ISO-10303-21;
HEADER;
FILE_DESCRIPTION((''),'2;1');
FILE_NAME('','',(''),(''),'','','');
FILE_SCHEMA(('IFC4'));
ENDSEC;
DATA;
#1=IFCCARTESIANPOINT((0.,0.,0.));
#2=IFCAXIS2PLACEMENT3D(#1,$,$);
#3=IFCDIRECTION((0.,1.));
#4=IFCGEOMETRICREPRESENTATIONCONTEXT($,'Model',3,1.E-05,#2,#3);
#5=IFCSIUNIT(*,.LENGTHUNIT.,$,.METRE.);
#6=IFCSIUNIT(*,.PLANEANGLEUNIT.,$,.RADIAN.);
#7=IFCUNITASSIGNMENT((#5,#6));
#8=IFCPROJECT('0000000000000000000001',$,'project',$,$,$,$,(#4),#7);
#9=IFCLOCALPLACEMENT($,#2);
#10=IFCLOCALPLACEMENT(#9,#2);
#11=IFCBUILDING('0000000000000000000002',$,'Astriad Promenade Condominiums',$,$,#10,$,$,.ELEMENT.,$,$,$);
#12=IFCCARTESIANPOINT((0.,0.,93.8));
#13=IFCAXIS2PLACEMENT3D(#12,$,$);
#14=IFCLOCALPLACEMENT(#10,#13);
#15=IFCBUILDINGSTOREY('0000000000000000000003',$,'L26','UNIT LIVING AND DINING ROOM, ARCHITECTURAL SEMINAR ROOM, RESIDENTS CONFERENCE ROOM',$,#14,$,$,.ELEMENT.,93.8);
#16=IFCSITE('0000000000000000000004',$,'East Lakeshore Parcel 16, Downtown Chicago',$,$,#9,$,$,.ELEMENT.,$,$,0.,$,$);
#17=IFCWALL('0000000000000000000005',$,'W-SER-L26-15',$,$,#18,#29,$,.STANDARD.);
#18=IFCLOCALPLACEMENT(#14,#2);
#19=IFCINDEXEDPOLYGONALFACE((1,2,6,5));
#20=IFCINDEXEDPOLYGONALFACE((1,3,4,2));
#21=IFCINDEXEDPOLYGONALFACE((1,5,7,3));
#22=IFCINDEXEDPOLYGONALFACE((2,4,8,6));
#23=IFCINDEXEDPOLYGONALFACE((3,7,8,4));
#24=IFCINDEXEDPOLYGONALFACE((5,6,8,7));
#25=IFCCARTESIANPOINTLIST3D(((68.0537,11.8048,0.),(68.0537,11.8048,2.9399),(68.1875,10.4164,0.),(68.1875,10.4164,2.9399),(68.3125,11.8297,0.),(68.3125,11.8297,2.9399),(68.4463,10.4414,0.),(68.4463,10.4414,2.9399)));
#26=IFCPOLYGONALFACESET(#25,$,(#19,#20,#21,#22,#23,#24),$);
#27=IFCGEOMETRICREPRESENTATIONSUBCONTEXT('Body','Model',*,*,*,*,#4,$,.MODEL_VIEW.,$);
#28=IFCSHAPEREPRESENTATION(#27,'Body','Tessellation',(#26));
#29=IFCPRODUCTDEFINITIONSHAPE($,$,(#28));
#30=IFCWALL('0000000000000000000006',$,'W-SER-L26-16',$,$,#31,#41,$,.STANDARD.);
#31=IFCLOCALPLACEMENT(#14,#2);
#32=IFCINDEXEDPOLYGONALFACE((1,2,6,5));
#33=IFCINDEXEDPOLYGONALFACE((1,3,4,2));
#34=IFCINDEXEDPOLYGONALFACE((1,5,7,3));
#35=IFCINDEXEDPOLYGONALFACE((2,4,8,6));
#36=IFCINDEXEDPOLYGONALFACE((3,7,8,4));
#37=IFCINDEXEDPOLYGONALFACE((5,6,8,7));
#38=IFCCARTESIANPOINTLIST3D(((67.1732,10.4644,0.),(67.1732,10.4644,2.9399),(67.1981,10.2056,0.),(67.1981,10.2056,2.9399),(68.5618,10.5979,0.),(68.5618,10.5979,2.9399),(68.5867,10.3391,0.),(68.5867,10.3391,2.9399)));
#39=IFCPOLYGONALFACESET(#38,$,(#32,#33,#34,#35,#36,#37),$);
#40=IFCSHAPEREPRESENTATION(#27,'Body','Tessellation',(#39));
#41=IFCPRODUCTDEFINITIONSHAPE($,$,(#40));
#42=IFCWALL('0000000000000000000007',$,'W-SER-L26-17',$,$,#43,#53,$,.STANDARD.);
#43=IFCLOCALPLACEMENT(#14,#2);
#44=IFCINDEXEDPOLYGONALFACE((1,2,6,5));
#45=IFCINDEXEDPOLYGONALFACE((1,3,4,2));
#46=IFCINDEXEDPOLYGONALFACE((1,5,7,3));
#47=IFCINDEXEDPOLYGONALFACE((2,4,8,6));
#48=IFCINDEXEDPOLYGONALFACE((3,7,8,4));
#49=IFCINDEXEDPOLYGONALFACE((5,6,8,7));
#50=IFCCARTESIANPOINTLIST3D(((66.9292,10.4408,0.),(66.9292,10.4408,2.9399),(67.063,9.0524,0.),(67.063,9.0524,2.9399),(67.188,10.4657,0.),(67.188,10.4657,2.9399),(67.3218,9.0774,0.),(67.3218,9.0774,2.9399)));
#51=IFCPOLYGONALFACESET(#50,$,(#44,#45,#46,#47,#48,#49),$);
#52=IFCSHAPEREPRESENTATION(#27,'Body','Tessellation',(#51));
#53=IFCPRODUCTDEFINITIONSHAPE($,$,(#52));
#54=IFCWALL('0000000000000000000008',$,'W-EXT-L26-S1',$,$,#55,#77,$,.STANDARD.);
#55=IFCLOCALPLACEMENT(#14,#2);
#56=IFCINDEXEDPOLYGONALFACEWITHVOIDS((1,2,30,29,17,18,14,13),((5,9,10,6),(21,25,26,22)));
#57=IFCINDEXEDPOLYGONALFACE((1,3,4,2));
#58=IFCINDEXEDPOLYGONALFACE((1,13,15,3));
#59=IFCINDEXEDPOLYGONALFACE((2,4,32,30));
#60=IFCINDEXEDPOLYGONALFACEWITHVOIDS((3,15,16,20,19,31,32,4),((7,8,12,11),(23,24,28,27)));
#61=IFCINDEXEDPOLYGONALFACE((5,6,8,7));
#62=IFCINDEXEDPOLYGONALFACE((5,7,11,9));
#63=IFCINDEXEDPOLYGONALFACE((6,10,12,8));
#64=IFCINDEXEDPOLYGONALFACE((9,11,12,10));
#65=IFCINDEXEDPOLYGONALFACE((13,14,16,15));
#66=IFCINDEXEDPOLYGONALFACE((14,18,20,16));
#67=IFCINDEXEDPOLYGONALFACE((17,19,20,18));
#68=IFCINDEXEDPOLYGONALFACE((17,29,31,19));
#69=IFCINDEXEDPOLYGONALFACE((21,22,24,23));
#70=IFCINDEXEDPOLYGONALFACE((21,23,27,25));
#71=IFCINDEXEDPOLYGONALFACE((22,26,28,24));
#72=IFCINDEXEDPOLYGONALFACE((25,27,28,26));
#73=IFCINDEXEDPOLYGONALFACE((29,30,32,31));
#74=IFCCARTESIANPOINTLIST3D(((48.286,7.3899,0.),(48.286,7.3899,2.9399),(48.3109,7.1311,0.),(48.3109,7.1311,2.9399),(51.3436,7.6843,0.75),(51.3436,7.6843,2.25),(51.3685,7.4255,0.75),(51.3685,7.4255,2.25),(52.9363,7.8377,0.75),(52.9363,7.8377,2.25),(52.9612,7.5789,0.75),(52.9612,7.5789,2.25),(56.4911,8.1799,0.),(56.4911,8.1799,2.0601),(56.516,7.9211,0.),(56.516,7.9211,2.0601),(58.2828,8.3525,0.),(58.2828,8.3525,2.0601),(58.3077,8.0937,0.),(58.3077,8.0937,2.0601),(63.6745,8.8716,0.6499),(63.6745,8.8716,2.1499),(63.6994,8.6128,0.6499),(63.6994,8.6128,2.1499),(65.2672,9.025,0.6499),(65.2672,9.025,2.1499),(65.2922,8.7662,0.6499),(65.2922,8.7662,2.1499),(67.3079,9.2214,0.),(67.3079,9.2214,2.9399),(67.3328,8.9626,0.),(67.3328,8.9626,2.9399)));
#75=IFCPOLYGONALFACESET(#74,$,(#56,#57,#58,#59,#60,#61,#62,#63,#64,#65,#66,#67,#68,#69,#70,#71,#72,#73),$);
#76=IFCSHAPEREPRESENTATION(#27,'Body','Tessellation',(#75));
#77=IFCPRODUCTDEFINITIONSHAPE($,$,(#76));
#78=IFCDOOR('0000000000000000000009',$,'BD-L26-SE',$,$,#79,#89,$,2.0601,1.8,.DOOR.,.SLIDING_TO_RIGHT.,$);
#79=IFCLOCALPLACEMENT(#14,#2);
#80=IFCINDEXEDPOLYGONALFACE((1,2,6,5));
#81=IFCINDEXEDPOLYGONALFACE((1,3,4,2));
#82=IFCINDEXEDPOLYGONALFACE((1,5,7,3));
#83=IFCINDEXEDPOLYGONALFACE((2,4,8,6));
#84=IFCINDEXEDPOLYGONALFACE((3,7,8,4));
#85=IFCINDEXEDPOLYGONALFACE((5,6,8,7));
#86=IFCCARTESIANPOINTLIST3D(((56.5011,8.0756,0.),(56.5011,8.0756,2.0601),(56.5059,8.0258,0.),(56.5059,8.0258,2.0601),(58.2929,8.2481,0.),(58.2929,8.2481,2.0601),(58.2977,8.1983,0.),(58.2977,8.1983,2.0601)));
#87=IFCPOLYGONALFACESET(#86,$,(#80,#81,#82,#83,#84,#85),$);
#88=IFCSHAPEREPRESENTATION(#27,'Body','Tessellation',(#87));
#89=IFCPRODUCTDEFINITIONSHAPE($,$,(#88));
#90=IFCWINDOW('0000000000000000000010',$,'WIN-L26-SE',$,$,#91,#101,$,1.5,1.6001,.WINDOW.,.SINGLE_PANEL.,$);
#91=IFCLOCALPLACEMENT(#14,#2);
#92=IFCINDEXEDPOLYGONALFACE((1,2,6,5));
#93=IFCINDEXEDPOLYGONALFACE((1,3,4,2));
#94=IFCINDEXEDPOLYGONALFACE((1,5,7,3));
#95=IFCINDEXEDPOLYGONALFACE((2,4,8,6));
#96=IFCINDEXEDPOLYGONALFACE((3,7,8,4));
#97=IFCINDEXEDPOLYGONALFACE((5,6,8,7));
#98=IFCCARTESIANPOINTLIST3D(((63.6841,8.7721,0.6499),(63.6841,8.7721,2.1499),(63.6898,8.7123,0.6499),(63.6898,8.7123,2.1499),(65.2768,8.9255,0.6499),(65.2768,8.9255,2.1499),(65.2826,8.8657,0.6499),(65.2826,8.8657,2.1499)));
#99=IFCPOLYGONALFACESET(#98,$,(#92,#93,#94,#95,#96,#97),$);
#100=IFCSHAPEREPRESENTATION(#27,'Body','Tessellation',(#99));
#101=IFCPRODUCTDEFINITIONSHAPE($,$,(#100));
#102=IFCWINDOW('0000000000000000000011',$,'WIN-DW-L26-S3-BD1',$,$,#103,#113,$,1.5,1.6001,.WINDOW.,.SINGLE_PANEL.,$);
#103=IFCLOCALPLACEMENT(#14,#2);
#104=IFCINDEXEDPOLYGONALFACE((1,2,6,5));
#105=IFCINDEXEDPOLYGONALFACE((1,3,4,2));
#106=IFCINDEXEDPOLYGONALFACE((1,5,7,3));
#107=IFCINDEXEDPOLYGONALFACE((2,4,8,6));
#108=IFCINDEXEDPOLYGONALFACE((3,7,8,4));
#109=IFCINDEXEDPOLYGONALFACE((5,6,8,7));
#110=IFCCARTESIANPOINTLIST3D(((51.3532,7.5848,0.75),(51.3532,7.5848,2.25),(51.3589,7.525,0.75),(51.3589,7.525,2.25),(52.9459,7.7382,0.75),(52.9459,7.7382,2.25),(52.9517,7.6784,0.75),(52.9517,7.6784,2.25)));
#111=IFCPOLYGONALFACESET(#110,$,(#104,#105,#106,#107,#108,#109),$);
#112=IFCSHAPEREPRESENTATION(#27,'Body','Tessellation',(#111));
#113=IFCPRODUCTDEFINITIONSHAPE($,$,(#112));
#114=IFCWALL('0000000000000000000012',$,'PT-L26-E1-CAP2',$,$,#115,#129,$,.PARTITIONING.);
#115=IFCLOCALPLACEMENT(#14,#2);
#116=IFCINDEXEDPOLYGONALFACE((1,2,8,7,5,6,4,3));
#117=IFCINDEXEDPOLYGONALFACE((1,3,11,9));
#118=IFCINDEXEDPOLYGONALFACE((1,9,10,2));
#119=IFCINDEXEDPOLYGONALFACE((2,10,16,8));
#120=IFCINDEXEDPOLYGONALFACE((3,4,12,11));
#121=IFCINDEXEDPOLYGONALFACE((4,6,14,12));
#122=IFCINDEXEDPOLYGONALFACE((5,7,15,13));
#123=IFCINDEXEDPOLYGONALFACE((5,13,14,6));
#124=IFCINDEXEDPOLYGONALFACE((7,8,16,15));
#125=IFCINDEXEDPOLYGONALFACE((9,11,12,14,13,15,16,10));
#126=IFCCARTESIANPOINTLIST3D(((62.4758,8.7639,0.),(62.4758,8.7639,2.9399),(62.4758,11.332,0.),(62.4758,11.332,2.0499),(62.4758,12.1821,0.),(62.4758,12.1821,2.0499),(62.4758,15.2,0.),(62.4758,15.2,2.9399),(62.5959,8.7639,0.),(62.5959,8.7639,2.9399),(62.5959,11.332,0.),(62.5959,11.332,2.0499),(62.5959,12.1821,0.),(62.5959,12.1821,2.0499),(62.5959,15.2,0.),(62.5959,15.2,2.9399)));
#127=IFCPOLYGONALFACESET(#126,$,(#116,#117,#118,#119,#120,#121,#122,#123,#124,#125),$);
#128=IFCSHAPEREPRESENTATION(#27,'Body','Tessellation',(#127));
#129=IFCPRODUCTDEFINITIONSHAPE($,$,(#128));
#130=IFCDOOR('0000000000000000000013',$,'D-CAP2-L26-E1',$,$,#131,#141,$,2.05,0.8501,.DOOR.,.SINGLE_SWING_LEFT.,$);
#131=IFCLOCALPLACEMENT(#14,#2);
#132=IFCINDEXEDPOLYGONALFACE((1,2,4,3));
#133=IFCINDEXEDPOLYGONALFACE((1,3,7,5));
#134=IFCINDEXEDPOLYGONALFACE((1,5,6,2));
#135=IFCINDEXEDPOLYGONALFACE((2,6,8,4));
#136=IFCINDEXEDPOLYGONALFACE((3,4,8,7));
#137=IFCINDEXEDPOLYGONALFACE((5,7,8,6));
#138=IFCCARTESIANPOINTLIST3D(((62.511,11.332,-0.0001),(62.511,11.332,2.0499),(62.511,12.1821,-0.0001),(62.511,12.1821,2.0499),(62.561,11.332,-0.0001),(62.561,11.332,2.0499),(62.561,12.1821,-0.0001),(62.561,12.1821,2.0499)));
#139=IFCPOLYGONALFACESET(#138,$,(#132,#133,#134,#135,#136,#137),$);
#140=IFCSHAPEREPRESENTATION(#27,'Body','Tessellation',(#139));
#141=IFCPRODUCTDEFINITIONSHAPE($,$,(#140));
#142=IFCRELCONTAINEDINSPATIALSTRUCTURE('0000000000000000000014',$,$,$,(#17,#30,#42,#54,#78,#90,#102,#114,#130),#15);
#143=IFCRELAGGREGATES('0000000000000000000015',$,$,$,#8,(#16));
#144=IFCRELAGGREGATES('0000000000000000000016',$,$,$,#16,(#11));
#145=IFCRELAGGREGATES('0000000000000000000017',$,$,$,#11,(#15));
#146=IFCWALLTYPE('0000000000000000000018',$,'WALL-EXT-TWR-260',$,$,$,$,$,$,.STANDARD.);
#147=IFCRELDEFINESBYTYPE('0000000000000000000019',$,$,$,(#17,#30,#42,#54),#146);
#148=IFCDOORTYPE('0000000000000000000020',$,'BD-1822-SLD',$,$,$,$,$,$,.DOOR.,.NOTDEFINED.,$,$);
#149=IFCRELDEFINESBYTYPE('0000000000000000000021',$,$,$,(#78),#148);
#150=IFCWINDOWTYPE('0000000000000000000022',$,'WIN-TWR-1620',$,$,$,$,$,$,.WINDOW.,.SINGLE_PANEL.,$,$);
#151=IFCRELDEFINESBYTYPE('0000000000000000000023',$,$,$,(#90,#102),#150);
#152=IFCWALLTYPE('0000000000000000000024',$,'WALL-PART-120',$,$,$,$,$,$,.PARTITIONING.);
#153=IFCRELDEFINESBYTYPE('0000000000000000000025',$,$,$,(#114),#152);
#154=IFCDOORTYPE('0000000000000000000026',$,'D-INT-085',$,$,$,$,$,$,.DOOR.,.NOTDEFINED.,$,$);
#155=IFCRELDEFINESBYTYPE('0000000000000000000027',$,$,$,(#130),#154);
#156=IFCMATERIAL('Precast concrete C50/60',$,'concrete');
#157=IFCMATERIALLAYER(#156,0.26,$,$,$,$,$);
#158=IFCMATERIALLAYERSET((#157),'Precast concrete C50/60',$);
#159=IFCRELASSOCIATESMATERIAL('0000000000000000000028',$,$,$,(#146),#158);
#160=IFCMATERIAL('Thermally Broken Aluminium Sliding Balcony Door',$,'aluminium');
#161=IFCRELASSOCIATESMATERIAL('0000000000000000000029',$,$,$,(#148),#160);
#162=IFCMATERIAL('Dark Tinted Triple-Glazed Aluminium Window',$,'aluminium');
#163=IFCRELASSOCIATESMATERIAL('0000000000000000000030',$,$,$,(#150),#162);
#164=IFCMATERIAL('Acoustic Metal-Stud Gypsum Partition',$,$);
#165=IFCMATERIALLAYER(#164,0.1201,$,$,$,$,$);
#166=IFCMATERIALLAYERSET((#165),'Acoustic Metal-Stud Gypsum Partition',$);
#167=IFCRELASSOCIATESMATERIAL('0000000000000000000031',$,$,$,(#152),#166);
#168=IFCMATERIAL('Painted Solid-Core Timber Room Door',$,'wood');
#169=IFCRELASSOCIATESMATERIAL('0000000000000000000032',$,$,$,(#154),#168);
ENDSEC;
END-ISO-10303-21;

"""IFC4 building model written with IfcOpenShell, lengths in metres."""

from ifc_helpers import new_model, si_unit, direction, frame, frame_2d, origin, place, context, subcontext, project, spatial, rectangle, extrude, source, transform, mapped, material, layer, layer_set, type_object, type_shapes, element, fill, save


model = new_model("IFC4")

# Units and contexts
model_context = context("Model", 3, precision=1e-05, world=origin(), true_north=direction((0.0, 1.0)))
body_context = subcontext(model_context, "Body", "Model", "MODEL_VIEW")
ifc_project = project(units=[si_unit("LENGTHUNIT", "METRE"), si_unit("PLANEANGLEUNIT", "RADIAN")], contexts=[model_context])

# Site, building, storey
site_placement = place(None, origin())
site = spatial("IfcSite", under=ifc_project, at=site_placement, Name="East Lakeshore Parcel 16, Downtown Chicago", CompositionType="ELEMENT", RefElevation=0.0)
building_placement = place(site_placement, origin())
building = spatial("IfcBuilding", under=site, at=building_placement, Name="Astriad Promenade Condominiums", CompositionType="ELEMENT")
storey_placement = place(building_placement, frame((0.0, 0.0, 93.8)))
storey = spatial("IfcBuildingStorey", under=building, at=storey_placement, Name="L26", Description="UNIT LIVING AND DINING ROOM, ARCHITECTURAL SEMINAR ROOM, RESIDENTS CONFERENCE ROOM", CompositionType="ELEMENT", Elevation=93.8)

# Walls
ifc_material_1 = material(Name="Precast concrete C50/60", Category="concrete")
ifc_layer_1 = layer(ifc_material_1, 0.26)
ifc_layer_set_1 = layer_set([ifc_layer_1], Name="Precast concrete C50/60")
wall_type_1 = type_object("IfcWallType", Name="WALL-EXT-TWR-260", PredefinedType="STANDARD", material=ifc_layer_set_1)
for number, where, z_axis, x_axis, name in (
    (1, (68.1831, 11.8171, 0.0), (0.0, 0.0, 1.0), (0.095916, -0.995389, 0.0), "W-SER-L26-15"),
):
    element("IfcWall", number, at=place(storey_placement, frame(where, z_axis=z_axis, x_axis=x_axis)), inside=storey, type_object=wall_type_1, Name=name, PredefinedType="STANDARD", context=body_context, shape_type="SweptSolid", body=[
        extrude(rectangle(XDim=1.3948, YDim=0.26, at=frame_2d((0.6973, 0.0))), origin(), (0.0, 0.0, 1.0), 2.9399),
    ])
wall_1_placement = place(storey_placement, frame((68.5742, 10.4685, 0.0), z_axis=(0.0, 0.0, 1.0), x_axis=(-0.995408, -0.095726, 0.0)))
element("IfcWall", 2, at=wall_1_placement, inside=storey, type_object=wall_type_1, Name="W-SER-L26-16", PredefinedType="STANDARD", context=body_context, shape_type="SweptSolid", body=[
    extrude(rectangle(XDim=1.395, YDim=0.26, at=frame_2d((0.6975, 0.0))), origin(), (0.0, 0.0, 1.0), 2.9399),
])
wall_2_placement = place(storey_placement, frame((67.0586, 10.4531, 0.0), z_axis=(0.0, 0.0, 1.0), x_axis=(0.095916, -0.995389, 0.0)))
element("IfcWall", 3, at=wall_2_placement, inside=storey, type_object=wall_type_1, Name="W-SER-L26-17", PredefinedType="STANDARD", context=body_context, shape_type="SweptSolid", body=[
    extrude(rectangle(XDim=1.3948, YDim=0.26, at=frame_2d((0.6973, 0.0))), origin(), (0.0, 0.0, 1.0), 2.9399),
])

# Wall, openings, door, windows
wall_3_placement = place(storey_placement, frame((67.3203, 9.092, 0.0), z_axis=(0.0, 0.0, 1.0), x_axis=(-0.995397, -0.095842, 0.0)))
wall_3 = element("IfcWall", 4, at=wall_3_placement, inside=storey, type_object=wall_type_1, Name="W-EXT-L26-S1", PredefinedType="STANDARD", context=body_context, shape_type="SweptSolid", body=[
    extrude(rectangle(XDim=19.1099, YDim=0.26, at=frame_2d((9.5549, 0.0))), origin(), (0.0, 0.0, 1.0), 2.9399),
])
opening_1_placement = place(wall_3_placement, frame((9.0669, 0.0, 0.0)))
opening_1 = element("IfcOpeningElement", 5, at=opening_1_placement, cuts=wall_3, PredefinedType="OPENING", context=body_context, shape_type="SweptSolid", body=[
    extrude(rectangle(XDim=1.8, YDim=2.0601, at=frame_2d((0.8999, 1.03))), frame((0.0, 0.1399, 0.0), z_axis=(0.0, -1.0, 0.0), x_axis=(1.0, 0.0, 0.0)), (0.0, 0.0, 1.0), 0.28),
])
opening_2_placement = place(wall_3_placement, frame((2.05, 0.0, 0.6499)))
opening_2 = element("IfcOpeningElement", 6, at=opening_2_placement, cuts=wall_3, PredefinedType="OPENING", context=body_context, shape_type="SweptSolid", body=[
    extrude(rectangle(XDim=1.6001, YDim=1.5, at=frame_2d((0.8, 0.75))), frame((0.0, 0.1399, 0.0), z_axis=(0.0, -1.0, 0.0), x_axis=(1.0, 0.0, 0.0)), (0.0, 0.0, 1.0), 0.28),
])
opening_3_placement = place(wall_3_placement, frame((14.438, 0.0, 0.75)))
opening_3 = element("IfcOpeningElement", 7, at=opening_3_placement, cuts=wall_3, PredefinedType="OPENING", context=body_context, shape_type="SweptSolid", body=[
    extrude(rectangle(XDim=1.6001, YDim=1.5, at=frame_2d((0.8, 0.75))), frame((0.0, 0.1399, 0.0), z_axis=(0.0, -1.0, 0.0), x_axis=(1.0, 0.0, 0.0)), (0.0, 0.0, 1.0), 0.28),
])
ifc_material_2 = material(Name="Thermally Broken Aluminium Sliding Balcony Door", Category="aluminium")
door_type_1 = type_object("IfcDoorType", Name="BD-1822-SLD", OperationType="NOTDEFINED", PredefinedType="DOOR", material=ifc_material_2)
shared_shape_1 = source(origin(), body_context, "Body", "SweptSolid", [
    extrude(rectangle(XDim=1.8, YDim=2.0601, at=frame_2d((0.8999, 1.03))), frame((0.0, 0.0249, 0.0), z_axis=(0.0, -1.0, 0.0), x_axis=(1.0, 0.0, 0.0)), (0.0, 0.0, 1.0), 0.05),
])
type_shapes(door_type_1, [shared_shape_1])
door_1_placement = place(opening_1_placement, origin())
door_1 = element("IfcDoor", 8, at=door_1_placement, inside=storey, type_object=door_type_1, Name="BD-L26-SE", OperationType="SLIDING_TO_RIGHT", OverallHeight=2.0601, OverallWidth=1.8, PredefinedType="DOOR", context=body_context, shape_type="MappedRepresentation", body=[
    mapped(shared_shape_1, transform((0.0, 0.0, 0.0), scale=1.0)),
])
fill(opening_1, door_1)
ifc_material_3 = material(Name="Dark Tinted Triple-Glazed Aluminium Window", Category="aluminium")
window_type = type_object("IfcWindowType", Name="WIN-TWR-1620", PartitioningType="SINGLE_PANEL", PredefinedType="WINDOW", material=ifc_material_3)
shared_shape_2 = source(origin(), body_context, "Body", "SweptSolid", [
    extrude(rectangle(XDim=1.6001, YDim=1.5, at=frame_2d((0.8, 0.75))), frame((0.0, 0.03, 0.0), z_axis=(0.0, -1.0, 0.0), x_axis=(1.0, 0.0, 0.0)), (0.0, 0.0, 1.0), 0.0601),
])
type_shapes(window_type, [shared_shape_2])
window_1_placement = place(opening_2_placement, origin())
window_1 = element("IfcWindow", 9, at=window_1_placement, inside=storey, type_object=window_type, Name="WIN-L26-SE", OverallHeight=1.5, OverallWidth=1.6001, PartitioningType="SINGLE_PANEL", PredefinedType="WINDOW", context=body_context, shape_type="MappedRepresentation", body=[
    mapped(shared_shape_2, transform((0.0, 0.0, 0.0), scale=1.0)),
])
fill(opening_2, window_1)
window_2_placement = place(opening_3_placement, origin())
window_2 = element("IfcWindow", 10, at=window_2_placement, inside=storey, type_object=window_type, Name="WIN-DW-L26-S3-BD1", OverallHeight=1.5, OverallWidth=1.6001, PartitioningType="SINGLE_PANEL", PredefinedType="WINDOW", context=body_context, shape_type="MappedRepresentation", body=[
    mapped(shared_shape_2, transform((0.0, 0.0, 0.0), scale=1.0)),
])
fill(opening_3, window_2)

# Wall, opening, door
ifc_material_4 = material(Name="Acoustic Metal-Stud Gypsum Partition")
ifc_layer_2 = layer(ifc_material_4, 0.1201)
ifc_layer_set_2 = layer_set([ifc_layer_2], Name="Acoustic Metal-Stud Gypsum Partition")
wall_type_2 = type_object("IfcWallType", Name="WALL-PART-120", PredefinedType="PARTITIONING", material=ifc_layer_set_2)
wall_4_placement = place(storey_placement, frame((62.5359, 8.7639, 0.0), z_axis=(0.0, 0.0, 1.0), x_axis=(0.0, 1.0, 0.0)))
wall_4 = element("IfcWall", 11, at=wall_4_placement, inside=storey, type_object=wall_type_2, Name="PT-L26-E1-CAP2", PredefinedType="PARTITIONING", context=body_context, shape_type="SweptSolid", body=[
    extrude(rectangle(XDim=6.436, YDim=0.1201, at=frame_2d((3.218, 0.0))), origin(), (0.0, 0.0, 1.0), 2.9399),
])
opening_4_placement = place(wall_4_placement, frame((2.5681, 0.0, 0.0)))
opening_4 = element("IfcOpeningElement", 12, at=opening_4_placement, cuts=wall_4, PredefinedType="OPENING", context=body_context, shape_type="SweptSolid", body=[
    extrude(rectangle(XDim=0.8501, YDim=2.05, at=frame_2d((0.425, 1.0249))), frame((0.0, 0.0701, 0.0), z_axis=(0.0, -1.0, 0.0), x_axis=(1.0, 0.0, 0.0)), (0.0, 0.0, 1.0), 0.1401),
])
ifc_material_5 = material(Name="Painted Solid-Core Timber Room Door", Category="wood")
door_type_2 = type_object("IfcDoorType", Name="D-INT-085", OperationType="NOTDEFINED", PredefinedType="DOOR", material=ifc_material_5)
shared_shape_3 = source(origin(), body_context, "Body", "SweptSolid", [
    extrude(rectangle(XDim=0.8501, YDim=2.05, at=frame_2d((0.425, 1.0249))), frame((0.0, 0.0249, 0.0), z_axis=(0.0, -1.0, 0.0), x_axis=(1.0, 0.0, 0.0)), (0.0, 0.0, 1.0), 0.05),
])
type_shapes(door_type_2, [shared_shape_3])
door_2_placement = place(opening_4_placement, origin())
door_2 = element("IfcDoor", 13, at=door_2_placement, inside=storey, type_object=door_type_2, Name="D-CAP2-L26-E1", OperationType="SINGLE_SWING_LEFT", OverallHeight=2.05, OverallWidth=0.8501, PredefinedType="DOOR", context=body_context, shape_type="MappedRepresentation", body=[
    mapped(shared_shape_3, transform((0.0, 0.0, 0.0), scale=1.0)),
])
fill(opening_4, door_2)

save(model, "model.ifc")
